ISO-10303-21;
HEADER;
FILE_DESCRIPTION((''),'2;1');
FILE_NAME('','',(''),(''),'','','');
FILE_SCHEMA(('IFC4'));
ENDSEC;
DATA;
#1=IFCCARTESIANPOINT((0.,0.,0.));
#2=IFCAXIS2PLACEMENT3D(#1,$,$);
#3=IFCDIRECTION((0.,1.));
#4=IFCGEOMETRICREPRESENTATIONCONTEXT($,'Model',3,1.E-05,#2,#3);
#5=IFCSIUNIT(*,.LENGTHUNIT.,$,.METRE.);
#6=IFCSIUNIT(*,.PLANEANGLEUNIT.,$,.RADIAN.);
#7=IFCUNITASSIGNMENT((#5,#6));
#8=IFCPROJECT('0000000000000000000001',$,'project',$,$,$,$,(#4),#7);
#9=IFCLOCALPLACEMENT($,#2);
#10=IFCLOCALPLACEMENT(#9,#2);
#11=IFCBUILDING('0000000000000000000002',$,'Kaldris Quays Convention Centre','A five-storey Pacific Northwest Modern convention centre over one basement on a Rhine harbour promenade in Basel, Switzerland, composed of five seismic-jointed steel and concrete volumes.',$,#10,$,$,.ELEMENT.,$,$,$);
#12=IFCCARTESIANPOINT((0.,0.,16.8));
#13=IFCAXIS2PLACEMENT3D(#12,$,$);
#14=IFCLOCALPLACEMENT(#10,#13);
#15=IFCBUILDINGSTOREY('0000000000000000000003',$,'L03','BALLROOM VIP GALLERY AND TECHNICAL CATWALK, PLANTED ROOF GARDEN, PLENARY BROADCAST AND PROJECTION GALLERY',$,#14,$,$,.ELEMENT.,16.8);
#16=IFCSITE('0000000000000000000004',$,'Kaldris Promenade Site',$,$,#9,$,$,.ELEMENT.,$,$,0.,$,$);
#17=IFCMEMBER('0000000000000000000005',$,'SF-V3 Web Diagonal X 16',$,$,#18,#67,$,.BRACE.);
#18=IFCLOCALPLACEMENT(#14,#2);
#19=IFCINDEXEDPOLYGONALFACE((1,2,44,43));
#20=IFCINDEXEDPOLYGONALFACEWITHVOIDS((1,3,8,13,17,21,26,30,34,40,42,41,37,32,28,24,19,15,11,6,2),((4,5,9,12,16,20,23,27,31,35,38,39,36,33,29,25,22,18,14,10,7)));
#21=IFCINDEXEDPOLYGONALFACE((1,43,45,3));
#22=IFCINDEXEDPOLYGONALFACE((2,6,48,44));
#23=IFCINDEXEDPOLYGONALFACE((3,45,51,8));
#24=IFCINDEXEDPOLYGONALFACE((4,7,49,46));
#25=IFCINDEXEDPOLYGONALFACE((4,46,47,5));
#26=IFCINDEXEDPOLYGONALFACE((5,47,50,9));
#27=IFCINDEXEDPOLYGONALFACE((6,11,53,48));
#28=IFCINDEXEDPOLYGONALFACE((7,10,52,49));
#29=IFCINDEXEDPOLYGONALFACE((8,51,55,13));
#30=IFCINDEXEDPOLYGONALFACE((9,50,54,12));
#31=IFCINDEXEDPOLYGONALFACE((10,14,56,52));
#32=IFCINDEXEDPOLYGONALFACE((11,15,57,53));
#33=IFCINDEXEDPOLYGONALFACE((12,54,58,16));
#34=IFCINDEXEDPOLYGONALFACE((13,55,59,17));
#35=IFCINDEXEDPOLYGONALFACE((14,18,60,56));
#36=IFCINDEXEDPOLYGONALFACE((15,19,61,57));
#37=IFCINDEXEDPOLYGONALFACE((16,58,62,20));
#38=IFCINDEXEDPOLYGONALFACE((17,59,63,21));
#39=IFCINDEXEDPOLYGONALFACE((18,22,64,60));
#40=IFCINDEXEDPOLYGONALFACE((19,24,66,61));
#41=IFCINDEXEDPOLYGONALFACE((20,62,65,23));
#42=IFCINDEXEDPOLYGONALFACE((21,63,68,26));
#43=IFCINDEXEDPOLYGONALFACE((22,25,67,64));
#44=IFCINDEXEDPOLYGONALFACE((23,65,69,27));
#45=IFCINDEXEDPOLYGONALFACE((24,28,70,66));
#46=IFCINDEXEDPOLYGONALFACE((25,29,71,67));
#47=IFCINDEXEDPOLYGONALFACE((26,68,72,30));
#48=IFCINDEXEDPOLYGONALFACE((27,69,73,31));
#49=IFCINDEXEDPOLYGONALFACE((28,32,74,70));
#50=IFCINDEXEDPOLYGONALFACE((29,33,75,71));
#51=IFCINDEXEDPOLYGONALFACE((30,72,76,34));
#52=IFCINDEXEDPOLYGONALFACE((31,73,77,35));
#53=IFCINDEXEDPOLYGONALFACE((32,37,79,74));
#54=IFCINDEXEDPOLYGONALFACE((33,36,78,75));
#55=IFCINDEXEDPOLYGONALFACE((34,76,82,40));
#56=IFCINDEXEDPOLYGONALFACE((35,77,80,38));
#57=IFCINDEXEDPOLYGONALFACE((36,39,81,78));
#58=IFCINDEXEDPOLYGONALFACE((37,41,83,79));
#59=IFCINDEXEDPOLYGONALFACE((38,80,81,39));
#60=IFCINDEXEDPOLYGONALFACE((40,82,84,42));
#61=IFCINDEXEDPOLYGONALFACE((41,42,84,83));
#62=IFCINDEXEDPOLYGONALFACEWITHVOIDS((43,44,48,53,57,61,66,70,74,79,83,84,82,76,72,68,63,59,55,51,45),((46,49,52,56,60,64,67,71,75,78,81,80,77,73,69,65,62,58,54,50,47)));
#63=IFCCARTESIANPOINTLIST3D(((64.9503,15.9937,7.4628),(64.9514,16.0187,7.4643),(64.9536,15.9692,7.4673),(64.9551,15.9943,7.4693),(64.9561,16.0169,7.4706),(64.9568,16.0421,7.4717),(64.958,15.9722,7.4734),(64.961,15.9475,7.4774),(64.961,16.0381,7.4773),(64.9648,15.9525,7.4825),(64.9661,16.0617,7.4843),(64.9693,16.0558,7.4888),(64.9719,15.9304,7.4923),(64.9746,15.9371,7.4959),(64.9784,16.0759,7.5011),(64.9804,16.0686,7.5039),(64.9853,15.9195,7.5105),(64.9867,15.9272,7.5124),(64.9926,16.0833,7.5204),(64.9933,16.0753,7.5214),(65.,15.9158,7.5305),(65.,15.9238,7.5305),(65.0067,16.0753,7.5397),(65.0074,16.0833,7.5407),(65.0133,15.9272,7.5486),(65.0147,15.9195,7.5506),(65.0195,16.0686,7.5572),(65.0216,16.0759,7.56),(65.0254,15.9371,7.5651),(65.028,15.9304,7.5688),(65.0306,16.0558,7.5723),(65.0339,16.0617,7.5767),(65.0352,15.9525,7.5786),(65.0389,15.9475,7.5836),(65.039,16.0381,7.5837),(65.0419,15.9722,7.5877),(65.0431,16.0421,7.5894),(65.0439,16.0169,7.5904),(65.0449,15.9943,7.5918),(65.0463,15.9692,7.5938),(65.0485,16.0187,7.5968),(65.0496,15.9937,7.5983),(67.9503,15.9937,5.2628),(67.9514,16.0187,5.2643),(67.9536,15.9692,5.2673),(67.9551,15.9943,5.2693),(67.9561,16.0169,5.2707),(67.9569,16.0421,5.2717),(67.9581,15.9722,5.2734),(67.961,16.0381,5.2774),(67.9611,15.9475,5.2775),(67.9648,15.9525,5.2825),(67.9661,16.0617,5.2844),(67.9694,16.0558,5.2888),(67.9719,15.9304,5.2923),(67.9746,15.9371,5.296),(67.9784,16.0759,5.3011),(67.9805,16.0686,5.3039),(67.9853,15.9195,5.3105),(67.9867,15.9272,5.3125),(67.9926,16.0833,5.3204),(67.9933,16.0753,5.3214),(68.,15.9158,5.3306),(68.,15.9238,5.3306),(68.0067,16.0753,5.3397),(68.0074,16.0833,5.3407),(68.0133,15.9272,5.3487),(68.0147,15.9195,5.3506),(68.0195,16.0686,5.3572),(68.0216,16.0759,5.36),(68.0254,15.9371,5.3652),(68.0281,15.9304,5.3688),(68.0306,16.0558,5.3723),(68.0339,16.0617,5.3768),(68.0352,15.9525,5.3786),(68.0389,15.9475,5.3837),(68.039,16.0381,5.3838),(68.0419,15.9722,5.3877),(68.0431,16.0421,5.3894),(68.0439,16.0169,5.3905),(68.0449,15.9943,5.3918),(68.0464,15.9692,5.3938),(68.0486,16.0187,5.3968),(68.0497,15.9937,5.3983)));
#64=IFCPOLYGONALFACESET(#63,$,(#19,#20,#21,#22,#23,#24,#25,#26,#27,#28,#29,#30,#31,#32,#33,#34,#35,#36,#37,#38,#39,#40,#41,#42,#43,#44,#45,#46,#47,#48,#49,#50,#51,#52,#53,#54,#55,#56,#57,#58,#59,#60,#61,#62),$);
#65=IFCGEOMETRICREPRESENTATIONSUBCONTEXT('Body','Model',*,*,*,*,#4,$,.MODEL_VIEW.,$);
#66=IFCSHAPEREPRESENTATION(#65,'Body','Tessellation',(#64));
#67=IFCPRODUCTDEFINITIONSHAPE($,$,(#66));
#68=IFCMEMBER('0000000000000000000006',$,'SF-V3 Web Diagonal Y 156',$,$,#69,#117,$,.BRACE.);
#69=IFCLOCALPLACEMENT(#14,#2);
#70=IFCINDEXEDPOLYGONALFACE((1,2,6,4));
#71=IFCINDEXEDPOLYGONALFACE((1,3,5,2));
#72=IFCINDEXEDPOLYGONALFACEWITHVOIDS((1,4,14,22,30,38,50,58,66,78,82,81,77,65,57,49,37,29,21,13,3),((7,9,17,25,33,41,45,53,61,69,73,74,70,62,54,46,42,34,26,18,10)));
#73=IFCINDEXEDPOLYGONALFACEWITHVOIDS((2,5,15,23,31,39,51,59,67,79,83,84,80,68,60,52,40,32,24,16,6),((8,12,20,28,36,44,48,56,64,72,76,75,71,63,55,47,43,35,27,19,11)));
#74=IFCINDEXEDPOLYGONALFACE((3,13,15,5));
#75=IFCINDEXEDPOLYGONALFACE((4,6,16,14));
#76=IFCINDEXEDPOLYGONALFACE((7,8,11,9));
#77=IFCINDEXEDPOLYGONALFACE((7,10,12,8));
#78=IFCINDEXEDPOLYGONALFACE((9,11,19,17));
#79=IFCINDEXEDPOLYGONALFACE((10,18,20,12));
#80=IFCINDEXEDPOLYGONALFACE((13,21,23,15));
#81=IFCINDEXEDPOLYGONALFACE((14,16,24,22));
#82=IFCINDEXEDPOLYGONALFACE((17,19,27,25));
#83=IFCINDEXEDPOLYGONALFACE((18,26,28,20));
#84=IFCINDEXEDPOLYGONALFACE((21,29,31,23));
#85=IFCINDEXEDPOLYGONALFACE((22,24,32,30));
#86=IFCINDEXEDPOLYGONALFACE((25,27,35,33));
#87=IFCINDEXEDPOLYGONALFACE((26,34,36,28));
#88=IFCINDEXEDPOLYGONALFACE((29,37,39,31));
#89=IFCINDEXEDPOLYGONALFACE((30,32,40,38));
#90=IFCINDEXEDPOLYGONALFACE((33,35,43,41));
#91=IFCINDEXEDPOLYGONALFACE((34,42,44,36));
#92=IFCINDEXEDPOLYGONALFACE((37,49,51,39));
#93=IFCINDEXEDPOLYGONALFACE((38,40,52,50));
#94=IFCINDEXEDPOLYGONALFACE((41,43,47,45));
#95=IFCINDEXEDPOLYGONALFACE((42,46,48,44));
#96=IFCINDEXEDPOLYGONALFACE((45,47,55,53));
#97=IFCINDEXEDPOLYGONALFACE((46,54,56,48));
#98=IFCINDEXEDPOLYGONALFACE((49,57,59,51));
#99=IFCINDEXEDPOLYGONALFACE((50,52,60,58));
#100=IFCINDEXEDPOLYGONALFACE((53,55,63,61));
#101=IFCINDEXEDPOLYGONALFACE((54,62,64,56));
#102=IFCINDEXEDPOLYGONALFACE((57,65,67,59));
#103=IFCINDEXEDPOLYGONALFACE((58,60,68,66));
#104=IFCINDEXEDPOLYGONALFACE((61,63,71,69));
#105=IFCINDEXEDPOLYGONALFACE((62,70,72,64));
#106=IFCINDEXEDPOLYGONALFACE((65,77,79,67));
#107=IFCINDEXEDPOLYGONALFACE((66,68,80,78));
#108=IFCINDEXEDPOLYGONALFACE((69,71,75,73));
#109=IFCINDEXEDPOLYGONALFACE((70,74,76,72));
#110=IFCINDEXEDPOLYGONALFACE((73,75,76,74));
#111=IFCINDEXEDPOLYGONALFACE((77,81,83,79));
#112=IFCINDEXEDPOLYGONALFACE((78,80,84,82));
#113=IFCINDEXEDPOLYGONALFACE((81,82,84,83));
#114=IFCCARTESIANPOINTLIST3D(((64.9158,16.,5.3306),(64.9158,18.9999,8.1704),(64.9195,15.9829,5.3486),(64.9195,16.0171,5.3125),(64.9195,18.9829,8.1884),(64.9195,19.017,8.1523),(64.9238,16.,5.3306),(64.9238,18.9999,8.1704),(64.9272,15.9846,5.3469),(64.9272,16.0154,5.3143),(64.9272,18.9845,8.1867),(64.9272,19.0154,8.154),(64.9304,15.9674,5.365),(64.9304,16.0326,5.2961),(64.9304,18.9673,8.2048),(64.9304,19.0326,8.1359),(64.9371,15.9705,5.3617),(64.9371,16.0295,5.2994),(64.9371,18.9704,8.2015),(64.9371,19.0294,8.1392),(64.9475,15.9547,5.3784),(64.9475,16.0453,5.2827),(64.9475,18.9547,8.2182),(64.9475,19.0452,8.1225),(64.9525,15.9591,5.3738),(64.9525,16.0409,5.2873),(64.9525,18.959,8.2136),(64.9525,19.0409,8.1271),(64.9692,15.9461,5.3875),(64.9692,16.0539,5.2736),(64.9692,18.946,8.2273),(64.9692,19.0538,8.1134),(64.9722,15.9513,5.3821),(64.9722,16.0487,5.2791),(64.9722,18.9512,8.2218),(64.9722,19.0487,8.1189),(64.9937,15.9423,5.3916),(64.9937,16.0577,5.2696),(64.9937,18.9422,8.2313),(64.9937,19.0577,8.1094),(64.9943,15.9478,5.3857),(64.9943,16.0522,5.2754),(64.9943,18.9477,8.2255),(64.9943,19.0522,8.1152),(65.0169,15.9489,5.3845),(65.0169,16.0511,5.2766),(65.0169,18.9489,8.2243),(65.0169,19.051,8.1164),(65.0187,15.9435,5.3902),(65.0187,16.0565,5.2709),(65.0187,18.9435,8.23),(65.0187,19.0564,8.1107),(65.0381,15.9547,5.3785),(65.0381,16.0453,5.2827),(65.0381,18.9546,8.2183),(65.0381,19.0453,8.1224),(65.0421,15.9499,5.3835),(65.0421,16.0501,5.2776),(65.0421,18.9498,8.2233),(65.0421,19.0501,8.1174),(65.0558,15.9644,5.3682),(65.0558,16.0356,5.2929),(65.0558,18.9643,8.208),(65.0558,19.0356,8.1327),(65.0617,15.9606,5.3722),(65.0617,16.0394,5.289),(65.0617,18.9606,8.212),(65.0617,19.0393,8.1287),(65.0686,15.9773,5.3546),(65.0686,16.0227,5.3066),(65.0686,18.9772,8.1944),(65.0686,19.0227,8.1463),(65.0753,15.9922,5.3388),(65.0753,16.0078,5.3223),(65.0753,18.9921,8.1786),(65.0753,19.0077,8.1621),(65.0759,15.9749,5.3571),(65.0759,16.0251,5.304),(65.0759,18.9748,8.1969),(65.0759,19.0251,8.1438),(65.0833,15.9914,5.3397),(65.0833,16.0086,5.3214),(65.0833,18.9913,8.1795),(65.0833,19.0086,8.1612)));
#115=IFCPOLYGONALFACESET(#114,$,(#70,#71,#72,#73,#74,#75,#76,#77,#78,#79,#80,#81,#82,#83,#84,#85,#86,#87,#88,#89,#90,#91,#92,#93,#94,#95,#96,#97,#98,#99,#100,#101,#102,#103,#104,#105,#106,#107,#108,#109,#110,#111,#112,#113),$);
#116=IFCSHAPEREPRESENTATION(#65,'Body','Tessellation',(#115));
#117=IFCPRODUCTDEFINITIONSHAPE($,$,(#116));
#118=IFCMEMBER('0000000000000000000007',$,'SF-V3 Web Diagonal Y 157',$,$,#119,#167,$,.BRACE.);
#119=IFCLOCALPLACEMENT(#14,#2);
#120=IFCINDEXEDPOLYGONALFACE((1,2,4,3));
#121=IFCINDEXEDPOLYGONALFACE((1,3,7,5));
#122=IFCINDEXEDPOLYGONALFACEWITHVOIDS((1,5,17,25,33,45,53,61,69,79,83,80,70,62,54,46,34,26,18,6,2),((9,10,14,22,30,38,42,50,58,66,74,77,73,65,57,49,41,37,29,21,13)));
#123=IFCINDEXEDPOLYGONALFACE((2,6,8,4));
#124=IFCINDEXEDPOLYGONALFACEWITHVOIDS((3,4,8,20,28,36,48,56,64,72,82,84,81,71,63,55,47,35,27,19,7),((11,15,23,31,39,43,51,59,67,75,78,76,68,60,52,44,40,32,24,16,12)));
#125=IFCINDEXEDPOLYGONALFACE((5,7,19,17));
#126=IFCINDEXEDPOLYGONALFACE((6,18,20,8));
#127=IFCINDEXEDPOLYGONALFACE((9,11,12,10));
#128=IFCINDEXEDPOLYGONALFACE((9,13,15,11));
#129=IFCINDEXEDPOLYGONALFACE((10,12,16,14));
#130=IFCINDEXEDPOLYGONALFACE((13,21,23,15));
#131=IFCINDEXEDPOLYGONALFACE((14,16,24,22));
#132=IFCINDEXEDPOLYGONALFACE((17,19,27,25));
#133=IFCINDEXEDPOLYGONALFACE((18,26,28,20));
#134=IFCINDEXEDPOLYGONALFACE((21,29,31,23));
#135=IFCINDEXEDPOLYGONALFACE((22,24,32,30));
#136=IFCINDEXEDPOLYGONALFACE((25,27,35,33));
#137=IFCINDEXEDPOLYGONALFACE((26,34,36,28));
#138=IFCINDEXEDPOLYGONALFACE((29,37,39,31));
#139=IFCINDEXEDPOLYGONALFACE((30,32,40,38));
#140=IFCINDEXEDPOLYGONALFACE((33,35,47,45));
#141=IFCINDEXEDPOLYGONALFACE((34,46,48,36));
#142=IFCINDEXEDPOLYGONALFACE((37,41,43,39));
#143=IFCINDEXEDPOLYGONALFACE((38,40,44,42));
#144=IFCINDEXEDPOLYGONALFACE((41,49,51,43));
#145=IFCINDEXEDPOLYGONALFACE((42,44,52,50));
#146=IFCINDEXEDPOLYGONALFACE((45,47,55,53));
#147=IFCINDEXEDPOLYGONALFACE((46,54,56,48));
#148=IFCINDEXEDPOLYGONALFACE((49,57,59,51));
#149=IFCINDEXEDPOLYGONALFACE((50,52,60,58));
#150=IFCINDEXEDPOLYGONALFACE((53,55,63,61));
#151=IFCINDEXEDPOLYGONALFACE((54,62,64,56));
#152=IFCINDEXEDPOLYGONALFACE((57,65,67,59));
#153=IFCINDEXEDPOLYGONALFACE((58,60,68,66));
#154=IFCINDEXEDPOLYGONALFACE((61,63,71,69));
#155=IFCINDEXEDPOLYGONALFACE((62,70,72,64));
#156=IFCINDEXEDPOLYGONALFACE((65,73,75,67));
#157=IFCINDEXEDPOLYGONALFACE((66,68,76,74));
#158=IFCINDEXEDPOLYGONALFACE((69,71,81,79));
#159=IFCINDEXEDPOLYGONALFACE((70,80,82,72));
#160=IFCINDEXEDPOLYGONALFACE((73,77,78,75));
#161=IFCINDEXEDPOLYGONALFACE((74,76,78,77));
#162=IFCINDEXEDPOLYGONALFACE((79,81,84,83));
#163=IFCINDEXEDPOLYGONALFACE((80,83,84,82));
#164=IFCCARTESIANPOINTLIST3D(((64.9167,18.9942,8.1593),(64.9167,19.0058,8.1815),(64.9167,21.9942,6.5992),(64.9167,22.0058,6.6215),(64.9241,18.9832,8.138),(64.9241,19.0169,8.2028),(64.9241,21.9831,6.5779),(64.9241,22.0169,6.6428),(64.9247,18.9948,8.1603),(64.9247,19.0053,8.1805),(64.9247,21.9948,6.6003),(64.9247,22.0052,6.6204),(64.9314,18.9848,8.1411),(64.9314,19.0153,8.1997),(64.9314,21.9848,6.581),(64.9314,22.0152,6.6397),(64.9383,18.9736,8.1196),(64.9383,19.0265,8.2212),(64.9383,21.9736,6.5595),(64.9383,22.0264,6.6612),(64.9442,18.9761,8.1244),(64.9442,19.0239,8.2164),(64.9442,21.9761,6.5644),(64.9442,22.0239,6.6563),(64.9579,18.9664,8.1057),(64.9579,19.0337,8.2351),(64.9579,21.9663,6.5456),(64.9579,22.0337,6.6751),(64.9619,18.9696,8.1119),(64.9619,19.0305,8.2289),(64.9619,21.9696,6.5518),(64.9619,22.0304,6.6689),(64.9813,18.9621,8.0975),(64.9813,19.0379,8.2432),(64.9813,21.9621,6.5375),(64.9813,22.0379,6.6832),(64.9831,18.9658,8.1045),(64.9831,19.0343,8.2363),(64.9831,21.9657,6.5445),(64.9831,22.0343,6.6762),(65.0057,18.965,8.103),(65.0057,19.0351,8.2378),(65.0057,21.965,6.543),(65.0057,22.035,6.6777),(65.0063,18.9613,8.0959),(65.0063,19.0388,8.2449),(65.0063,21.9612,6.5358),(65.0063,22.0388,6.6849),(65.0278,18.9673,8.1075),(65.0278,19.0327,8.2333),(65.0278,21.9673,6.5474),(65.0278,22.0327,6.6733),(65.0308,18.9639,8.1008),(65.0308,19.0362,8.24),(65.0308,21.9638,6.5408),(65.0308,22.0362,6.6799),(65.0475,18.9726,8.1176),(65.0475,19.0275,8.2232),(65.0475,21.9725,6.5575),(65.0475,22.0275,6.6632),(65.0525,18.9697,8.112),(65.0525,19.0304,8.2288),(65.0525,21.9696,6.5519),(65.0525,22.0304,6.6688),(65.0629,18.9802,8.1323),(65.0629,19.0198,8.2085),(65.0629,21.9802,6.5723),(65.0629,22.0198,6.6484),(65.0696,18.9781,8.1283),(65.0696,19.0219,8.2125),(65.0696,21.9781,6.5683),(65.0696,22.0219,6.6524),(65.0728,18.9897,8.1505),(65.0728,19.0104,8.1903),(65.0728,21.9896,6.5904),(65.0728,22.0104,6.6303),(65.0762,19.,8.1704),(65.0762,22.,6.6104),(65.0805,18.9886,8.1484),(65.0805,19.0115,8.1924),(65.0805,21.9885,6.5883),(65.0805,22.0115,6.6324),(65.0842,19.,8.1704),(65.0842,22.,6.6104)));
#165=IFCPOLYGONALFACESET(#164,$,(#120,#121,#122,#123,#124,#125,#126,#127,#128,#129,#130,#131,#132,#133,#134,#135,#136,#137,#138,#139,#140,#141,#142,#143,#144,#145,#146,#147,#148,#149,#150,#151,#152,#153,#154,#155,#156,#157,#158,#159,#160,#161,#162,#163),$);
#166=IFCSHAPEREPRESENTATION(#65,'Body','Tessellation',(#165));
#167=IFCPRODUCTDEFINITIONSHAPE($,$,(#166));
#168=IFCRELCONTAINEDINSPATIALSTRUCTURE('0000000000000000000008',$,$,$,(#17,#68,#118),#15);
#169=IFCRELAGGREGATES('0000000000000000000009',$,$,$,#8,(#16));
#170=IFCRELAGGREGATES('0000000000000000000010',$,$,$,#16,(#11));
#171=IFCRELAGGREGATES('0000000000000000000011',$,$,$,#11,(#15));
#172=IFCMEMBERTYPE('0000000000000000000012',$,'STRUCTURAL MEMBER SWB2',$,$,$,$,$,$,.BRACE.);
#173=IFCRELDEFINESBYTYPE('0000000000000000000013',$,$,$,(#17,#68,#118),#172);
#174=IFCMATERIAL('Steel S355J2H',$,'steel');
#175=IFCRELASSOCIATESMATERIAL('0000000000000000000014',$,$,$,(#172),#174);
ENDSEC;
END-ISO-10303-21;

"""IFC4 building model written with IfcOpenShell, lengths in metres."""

from ifc_helpers import new_model, si_unit, direction, frame, origin, origin_2d, place, context, subcontext, project, spatial, hollow_circle, extrude, material, material_profile, profile_set, type_object, element, save


model = new_model("IFC4")

# Units and contexts
model_context = context("Model", 3, precision=1e-05, world=origin(), true_north=direction((0.0, 1.0)))
body_context = subcontext(model_context, "Body", "Model", "MODEL_VIEW")
ifc_project = project(units=[si_unit("LENGTHUNIT", "METRE"), si_unit("PLANEANGLEUNIT", "RADIAN")], contexts=[model_context])

# Site, building, storey
site_placement = place(None, origin())
site = spatial("IfcSite", under=ifc_project, at=site_placement, Name="Kaldris Promenade Site", CompositionType="ELEMENT", RefElevation=0.0)
building_placement = place(site_placement, origin())
building = spatial("IfcBuilding", under=site, at=building_placement, Name="Kaldris Quays Convention Centre", Description="A five-storey Pacific Northwest Modern convention centre over one basement on a Rhine harbour promenade in Basel, Switzerland, composed of five seismic-jointed steel and concrete volumes.", CompositionType="ELEMENT")
storey_placement = place(building_placement, frame((0.0, 0.0, 16.8)))
storey = spatial("IfcBuildingStorey", under=building, at=storey_placement, Name="L03", Description="BALLROOM VIP GALLERY AND TECHNICAL CATWALK, PLANTED ROOF GARDEN, PLENARY BROADCAST AND PROJECTION GALLERY", CompositionType="ELEMENT", Elevation=16.8)

# Members
ifc_material_1 = material(Name="Steel S355J2H", Category="steel")
ifc_material_profile_1 = material_profile(ifc_material_1, hollow_circle(Radius=0.0842, WallThickness=0.0081, at=origin_2d()), Name="CHS 168.3x8")
ifc_profile_set_1 = profile_set([ifc_material_profile_1], Name="Steel S355J2H")
member_type_1 = type_object("IfcMemberType", Name="STRUCTURAL MEMBER SWB2", PredefinedType="BRACE", material=ifc_profile_set_1)
member_1_placement = place(storey_placement, frame((68.0, 16.0, 5.3306), z_axis=(-0.806411, 0.0, 0.591355), x_axis=(0.0, -1.0, 0.0)))
element("IfcMember", 1, at=member_1_placement, inside=storey, type_object=member_type_1, Name="SF-V3 Web Diagonal X 16", PredefinedType="BRACE", context=body_context, shape_type="SweptSolid", body=[
    extrude(hollow_circle(Radius=0.0842, WallThickness=0.0081, at=origin_2d()), origin(), (0.0, 0.0, 1.0), 3.7202),
])
member_2_placement = place(storey_placement, frame((65.0, 16.0, 5.3306), z_axis=(0.0, 0.726226, 0.687456), x_axis=(-1.0, 0.0, 0.0)))
element("IfcMember", 2, at=member_2_placement, inside=storey, type_object=member_type_1, Name="SF-V3 Web Diagonal Y 156", PredefinedType="BRACE", context=body_context, shape_type="SweptSolid", body=[
    extrude(hollow_circle(Radius=0.0842, WallThickness=0.0081, at=origin_2d()), origin(), (0.0, 0.0, 1.0), 4.1309),
])
member_3_placement = place(storey_placement, frame((65.0, 22.0, 6.6104), z_axis=(0.0, -0.88721, 0.461366), x_axis=(1.0, 0.0, 0.0)))
element("IfcMember", 3, at=member_3_placement, inside=storey, type_object=member_type_1, Name="SF-V3 Web Diagonal Y 157", PredefinedType="BRACE", context=body_context, shape_type="SweptSolid", body=[
    extrude(hollow_circle(Radius=0.0842, WallThickness=0.0081, at=origin_2d()), origin(), (0.0, 0.0, 1.0), 3.3813),
])

save(model, "model.ifc")
